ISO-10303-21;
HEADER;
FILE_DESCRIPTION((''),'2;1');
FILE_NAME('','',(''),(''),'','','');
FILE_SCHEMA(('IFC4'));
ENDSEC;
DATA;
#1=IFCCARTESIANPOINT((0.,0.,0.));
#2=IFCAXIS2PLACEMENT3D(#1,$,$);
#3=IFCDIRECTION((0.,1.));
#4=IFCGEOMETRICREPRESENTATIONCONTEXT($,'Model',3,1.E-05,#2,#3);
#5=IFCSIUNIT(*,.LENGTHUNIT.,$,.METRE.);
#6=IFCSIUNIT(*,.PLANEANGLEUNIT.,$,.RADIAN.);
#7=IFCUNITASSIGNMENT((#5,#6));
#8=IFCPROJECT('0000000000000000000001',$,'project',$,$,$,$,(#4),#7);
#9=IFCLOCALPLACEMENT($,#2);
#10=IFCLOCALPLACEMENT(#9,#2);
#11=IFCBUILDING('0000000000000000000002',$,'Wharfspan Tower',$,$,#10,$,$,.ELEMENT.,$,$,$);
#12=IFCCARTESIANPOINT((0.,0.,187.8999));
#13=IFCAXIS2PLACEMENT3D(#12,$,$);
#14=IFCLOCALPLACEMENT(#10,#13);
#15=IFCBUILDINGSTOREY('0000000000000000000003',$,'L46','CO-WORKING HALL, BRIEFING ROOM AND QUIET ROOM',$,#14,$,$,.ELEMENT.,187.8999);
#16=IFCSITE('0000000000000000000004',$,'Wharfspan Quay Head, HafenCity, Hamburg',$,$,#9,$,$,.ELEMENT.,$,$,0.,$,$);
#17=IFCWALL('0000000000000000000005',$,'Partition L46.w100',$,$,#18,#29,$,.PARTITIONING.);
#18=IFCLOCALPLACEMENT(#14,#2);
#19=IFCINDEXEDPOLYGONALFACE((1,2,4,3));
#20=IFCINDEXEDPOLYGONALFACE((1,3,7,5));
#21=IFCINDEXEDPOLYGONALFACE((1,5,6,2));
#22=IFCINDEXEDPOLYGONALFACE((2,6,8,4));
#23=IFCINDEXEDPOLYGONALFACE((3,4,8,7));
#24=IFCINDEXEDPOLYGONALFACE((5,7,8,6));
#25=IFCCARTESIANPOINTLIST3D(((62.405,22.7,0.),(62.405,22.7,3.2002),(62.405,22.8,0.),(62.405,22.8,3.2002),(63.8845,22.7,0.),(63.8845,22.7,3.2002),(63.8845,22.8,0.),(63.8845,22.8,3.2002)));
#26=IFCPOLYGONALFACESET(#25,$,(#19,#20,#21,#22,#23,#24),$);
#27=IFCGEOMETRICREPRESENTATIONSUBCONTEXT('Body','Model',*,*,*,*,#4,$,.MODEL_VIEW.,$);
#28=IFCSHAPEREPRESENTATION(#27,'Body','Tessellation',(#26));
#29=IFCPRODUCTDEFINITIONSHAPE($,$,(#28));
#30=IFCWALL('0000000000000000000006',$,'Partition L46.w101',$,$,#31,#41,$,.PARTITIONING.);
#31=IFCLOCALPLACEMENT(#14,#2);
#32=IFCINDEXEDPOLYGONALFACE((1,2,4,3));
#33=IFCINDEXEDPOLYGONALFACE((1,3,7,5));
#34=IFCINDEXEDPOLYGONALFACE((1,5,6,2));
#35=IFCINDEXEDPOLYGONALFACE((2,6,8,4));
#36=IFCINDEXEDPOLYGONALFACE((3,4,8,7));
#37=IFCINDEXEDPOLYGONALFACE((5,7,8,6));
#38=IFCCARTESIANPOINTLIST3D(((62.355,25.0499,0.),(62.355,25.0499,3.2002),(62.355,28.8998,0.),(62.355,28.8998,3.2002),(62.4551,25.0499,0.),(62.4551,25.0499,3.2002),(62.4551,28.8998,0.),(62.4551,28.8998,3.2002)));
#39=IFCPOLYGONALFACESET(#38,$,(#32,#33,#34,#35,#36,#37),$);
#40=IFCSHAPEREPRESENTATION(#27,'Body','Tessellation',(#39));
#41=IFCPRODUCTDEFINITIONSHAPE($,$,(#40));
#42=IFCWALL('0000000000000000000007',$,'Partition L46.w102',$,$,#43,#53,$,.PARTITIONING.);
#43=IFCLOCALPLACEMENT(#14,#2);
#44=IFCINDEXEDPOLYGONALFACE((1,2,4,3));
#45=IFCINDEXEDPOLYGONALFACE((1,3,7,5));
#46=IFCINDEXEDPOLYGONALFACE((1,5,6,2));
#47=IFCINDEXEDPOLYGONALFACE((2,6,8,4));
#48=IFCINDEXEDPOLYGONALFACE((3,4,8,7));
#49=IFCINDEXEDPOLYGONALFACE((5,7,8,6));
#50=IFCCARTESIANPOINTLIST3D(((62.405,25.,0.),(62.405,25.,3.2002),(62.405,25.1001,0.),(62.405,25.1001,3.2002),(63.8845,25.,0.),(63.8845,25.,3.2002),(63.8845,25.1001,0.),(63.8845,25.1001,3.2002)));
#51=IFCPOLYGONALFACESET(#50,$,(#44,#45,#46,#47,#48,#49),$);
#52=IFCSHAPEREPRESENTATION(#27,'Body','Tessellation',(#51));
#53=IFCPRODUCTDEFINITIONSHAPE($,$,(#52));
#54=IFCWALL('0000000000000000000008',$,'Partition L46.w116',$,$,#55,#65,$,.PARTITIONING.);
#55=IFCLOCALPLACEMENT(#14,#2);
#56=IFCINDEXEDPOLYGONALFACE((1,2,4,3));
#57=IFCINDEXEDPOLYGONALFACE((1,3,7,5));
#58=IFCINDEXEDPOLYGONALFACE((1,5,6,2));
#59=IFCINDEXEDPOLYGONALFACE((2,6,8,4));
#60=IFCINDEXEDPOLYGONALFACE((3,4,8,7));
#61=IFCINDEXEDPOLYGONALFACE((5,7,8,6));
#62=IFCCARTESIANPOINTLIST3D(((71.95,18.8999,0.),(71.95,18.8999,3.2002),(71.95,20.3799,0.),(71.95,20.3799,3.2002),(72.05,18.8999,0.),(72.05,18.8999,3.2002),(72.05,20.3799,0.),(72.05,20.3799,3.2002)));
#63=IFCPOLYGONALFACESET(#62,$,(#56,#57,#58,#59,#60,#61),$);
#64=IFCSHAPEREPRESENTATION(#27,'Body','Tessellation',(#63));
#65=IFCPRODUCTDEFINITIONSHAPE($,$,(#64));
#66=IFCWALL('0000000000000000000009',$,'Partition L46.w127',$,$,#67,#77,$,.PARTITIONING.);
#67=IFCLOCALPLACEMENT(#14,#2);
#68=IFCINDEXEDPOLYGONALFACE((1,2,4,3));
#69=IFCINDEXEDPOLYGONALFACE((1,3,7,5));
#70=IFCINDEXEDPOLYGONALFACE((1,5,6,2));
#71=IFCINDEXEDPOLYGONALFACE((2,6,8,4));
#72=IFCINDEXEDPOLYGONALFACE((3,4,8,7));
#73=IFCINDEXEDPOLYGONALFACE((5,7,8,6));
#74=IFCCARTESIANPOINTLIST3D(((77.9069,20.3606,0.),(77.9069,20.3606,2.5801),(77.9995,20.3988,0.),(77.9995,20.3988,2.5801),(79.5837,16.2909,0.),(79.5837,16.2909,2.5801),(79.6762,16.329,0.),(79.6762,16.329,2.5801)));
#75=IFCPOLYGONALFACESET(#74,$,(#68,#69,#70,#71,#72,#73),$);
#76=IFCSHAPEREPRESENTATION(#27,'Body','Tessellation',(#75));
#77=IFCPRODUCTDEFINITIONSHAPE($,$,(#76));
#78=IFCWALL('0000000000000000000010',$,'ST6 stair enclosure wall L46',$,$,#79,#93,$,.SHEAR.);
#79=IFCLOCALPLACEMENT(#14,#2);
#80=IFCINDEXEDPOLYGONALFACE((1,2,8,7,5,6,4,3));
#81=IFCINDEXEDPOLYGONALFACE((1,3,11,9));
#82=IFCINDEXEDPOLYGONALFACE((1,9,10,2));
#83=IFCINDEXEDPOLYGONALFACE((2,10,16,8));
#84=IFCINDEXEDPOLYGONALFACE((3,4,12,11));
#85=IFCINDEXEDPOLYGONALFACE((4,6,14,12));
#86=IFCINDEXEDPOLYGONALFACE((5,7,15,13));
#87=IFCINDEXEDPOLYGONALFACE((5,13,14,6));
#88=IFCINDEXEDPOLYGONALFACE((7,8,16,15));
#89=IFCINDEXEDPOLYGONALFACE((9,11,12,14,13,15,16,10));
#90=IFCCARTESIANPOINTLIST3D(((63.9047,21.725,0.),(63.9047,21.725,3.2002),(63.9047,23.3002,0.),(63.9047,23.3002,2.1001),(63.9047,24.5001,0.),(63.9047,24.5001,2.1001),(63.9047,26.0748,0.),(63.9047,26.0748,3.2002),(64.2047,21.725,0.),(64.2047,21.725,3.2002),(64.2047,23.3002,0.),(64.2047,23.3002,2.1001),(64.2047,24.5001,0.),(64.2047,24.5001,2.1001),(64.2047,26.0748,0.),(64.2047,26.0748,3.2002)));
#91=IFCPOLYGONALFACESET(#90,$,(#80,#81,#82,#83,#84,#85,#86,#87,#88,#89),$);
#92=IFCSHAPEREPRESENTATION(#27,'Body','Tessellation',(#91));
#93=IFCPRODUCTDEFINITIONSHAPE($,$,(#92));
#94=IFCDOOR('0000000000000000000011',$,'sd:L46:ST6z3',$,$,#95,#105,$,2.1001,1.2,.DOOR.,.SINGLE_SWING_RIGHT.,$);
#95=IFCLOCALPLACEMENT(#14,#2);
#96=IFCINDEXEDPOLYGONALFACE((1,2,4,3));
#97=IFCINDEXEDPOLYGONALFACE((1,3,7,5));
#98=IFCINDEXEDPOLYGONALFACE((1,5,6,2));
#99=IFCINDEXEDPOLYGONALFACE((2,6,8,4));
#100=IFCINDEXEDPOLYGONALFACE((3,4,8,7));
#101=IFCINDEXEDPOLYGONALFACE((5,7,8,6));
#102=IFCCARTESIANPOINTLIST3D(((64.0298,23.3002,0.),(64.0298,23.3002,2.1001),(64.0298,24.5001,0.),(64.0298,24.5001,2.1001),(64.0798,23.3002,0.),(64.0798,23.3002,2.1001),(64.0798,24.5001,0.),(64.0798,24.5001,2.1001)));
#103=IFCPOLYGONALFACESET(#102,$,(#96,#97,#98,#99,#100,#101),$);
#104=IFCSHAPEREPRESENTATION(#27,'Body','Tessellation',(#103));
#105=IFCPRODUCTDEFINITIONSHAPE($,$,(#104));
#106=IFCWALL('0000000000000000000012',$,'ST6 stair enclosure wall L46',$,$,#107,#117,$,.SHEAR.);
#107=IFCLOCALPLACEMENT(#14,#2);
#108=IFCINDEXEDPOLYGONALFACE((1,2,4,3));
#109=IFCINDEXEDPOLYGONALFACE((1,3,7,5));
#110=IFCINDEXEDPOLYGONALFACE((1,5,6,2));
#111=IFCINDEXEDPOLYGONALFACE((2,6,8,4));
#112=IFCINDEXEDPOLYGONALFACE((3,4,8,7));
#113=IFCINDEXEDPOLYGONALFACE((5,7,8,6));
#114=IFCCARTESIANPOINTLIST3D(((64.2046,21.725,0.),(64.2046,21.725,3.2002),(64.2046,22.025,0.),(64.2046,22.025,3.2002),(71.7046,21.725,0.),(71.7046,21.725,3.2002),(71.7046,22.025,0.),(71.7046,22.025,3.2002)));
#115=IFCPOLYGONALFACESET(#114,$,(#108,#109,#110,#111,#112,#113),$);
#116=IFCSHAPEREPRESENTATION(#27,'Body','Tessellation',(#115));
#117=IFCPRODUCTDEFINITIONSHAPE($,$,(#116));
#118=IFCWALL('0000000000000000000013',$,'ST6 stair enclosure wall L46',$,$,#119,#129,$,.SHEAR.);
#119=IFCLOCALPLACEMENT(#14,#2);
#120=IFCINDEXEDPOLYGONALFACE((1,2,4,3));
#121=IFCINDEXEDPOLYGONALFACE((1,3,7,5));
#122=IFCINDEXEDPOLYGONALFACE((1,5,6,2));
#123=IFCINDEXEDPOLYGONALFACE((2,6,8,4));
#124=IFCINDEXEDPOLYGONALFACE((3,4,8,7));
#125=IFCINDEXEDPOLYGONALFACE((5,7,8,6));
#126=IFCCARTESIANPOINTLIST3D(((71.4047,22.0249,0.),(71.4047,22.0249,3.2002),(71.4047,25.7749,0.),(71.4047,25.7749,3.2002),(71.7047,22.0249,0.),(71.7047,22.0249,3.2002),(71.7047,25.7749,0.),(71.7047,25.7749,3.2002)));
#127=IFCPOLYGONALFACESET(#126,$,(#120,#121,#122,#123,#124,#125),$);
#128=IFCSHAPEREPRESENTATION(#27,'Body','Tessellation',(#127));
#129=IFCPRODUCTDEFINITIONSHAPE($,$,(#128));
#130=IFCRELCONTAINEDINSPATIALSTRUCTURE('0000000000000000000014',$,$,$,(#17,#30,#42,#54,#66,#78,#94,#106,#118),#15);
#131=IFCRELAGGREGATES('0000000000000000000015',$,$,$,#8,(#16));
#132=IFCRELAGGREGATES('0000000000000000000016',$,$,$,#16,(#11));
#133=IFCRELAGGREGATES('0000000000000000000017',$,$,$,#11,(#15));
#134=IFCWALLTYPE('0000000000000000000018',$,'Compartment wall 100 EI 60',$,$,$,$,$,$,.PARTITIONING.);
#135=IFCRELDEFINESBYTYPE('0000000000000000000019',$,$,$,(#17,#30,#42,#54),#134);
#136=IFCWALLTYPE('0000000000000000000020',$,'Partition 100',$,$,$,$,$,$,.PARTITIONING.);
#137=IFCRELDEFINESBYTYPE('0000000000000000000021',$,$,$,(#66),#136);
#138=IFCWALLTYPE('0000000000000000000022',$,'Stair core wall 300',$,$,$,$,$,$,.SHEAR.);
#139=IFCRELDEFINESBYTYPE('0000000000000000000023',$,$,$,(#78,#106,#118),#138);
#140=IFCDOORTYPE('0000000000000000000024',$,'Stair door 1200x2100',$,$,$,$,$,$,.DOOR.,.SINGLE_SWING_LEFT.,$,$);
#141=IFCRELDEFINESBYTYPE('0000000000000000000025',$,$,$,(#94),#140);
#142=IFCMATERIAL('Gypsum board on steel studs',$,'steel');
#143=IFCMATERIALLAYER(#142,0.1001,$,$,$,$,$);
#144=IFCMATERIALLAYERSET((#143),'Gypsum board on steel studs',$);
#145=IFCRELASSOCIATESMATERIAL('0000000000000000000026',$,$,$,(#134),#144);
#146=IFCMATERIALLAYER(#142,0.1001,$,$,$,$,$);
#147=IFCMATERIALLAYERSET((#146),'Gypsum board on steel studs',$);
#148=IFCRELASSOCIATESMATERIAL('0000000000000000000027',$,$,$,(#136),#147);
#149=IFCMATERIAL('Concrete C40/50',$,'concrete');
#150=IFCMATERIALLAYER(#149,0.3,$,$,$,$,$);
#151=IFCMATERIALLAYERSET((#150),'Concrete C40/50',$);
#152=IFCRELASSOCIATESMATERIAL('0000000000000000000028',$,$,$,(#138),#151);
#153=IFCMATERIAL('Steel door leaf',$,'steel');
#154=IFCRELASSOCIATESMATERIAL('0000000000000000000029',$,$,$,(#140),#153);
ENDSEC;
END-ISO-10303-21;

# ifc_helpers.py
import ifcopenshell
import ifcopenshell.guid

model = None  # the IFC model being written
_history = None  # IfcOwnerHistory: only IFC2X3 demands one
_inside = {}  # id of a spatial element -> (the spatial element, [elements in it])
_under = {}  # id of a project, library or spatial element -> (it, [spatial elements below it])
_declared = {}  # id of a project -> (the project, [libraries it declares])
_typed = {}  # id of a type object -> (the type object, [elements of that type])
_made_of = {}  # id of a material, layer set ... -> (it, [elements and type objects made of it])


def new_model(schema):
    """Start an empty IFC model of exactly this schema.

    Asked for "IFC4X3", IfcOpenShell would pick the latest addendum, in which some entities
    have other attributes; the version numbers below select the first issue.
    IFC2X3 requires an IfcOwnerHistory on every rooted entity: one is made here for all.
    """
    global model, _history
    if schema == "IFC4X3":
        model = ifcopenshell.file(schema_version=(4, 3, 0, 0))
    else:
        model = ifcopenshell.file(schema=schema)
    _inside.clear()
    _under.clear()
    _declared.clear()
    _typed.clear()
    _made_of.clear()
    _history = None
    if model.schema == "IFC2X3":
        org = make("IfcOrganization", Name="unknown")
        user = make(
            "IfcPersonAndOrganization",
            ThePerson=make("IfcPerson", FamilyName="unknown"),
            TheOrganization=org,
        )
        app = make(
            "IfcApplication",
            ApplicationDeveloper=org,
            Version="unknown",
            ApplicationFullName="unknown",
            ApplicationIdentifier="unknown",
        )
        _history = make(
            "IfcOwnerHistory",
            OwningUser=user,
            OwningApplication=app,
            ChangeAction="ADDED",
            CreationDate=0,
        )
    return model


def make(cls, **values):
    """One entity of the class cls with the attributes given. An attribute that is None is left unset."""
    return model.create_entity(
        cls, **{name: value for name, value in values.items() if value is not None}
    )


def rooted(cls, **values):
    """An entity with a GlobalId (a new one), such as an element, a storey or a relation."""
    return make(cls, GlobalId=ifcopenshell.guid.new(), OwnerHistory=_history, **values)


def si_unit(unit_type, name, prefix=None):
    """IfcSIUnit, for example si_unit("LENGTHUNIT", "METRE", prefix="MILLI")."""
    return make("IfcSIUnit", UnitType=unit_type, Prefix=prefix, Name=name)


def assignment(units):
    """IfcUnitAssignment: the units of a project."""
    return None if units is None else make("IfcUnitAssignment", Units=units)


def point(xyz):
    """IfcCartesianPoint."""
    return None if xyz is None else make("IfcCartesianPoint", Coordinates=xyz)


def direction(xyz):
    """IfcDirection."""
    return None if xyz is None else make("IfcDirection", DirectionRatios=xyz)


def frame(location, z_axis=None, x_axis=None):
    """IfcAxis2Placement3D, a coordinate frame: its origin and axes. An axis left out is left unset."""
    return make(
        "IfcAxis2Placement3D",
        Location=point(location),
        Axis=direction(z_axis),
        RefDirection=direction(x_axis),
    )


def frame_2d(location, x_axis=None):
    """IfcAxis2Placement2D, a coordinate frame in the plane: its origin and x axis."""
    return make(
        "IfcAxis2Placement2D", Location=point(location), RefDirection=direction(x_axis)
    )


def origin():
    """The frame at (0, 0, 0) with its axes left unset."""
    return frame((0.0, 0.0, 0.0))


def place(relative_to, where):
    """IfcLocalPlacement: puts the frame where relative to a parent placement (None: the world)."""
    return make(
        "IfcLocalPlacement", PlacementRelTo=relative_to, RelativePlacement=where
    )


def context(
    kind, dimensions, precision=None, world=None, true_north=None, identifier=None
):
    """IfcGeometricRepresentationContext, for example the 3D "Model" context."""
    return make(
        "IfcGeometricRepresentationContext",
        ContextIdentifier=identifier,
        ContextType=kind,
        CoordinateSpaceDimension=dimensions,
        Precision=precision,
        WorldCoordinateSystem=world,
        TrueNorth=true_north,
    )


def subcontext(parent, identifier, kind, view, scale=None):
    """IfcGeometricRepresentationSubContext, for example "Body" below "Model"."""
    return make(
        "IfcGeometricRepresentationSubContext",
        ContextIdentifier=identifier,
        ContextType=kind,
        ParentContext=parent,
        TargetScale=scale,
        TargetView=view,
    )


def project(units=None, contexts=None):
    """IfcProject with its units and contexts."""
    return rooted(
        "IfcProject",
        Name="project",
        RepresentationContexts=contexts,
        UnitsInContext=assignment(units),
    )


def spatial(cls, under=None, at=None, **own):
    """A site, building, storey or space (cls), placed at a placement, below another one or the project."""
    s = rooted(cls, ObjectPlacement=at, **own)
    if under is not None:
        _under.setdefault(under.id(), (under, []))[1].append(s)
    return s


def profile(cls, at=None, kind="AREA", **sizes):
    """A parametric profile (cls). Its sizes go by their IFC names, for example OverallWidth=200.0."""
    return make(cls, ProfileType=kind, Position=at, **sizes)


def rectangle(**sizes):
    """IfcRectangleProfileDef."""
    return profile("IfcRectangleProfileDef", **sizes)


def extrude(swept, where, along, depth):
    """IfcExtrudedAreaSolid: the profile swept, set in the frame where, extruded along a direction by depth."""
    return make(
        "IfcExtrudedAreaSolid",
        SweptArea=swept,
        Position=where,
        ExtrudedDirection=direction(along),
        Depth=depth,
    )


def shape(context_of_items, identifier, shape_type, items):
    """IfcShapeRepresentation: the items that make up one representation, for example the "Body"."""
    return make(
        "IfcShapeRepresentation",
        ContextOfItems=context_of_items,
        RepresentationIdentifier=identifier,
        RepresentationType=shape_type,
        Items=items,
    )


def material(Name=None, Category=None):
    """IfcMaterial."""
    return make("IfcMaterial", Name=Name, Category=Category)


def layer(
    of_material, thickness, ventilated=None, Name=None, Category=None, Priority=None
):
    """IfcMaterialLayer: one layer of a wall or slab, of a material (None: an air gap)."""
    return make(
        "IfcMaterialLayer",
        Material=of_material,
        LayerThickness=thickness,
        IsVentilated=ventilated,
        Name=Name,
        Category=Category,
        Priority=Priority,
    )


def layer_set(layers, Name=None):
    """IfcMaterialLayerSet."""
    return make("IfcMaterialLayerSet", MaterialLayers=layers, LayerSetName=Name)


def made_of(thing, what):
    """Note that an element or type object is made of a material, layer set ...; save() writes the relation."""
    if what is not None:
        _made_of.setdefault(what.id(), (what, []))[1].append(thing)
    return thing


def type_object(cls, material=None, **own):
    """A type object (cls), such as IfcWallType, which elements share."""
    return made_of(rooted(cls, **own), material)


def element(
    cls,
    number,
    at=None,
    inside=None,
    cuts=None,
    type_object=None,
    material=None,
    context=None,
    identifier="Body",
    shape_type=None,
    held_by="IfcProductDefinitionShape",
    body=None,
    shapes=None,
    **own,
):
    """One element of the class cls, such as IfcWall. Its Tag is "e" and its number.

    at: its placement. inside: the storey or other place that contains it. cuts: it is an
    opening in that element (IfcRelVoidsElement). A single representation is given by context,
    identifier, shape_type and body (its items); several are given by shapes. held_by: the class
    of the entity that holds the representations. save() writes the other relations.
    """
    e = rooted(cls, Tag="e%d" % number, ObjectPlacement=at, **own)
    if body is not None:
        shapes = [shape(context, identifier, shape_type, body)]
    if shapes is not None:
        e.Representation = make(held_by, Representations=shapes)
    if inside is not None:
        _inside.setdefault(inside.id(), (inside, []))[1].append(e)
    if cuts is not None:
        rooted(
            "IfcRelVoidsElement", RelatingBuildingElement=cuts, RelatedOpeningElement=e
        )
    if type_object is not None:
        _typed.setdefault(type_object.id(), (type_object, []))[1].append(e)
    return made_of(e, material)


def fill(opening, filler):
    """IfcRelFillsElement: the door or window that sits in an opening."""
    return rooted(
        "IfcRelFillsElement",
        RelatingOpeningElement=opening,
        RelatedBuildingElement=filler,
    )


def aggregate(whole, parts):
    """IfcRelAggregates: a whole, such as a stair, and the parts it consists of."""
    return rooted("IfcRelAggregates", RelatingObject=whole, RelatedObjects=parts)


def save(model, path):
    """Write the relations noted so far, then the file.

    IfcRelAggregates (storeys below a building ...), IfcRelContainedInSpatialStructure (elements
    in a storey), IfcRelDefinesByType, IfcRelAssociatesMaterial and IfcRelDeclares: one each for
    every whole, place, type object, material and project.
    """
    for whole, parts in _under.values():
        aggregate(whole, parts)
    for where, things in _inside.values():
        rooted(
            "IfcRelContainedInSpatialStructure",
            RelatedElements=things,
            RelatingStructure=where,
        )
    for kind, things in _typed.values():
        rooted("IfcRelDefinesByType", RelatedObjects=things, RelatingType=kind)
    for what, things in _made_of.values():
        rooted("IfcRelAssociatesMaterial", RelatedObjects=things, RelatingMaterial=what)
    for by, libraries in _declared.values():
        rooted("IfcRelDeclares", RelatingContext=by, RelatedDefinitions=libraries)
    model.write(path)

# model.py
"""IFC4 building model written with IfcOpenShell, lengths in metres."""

from ifc_helpers import new_model, si_unit, direction, frame, frame_2d, origin, place, context, subcontext, project, spatial, rectangle, extrude, material, layer, layer_set, type_object, element, fill, save


model = new_model("IFC4")

# Units and contexts
model_context = context("Model", 3, precision=1e-05, world=origin(), true_north=direction((0.0, 1.0)))
body_context = subcontext(model_context, "Body", "Model", "MODEL_VIEW")
ifc_project = project(units=[si_unit("LENGTHUNIT", "METRE"), si_unit("PLANEANGLEUNIT", "RADIAN")], contexts=[model_context])

# Site, building, storey
site_placement = place(None, origin())
site = spatial("IfcSite", under=ifc_project, at=site_placement, Name="Wharfspan Quay Head, HafenCity, Hamburg", CompositionType="ELEMENT", RefElevation=0.0)
building_placement = place(site_placement, origin())
building = spatial("IfcBuilding", under=site, at=building_placement, Name="Wharfspan Tower", CompositionType="ELEMENT")
storey_placement = place(building_placement, frame((0.0, 0.0, 187.8999)))
storey = spatial("IfcBuildingStorey", under=building, at=storey_placement, Name="L46", Description="CO-WORKING HALL, BRIEFING ROOM AND QUIET ROOM", CompositionType="ELEMENT", Elevation=187.8999)

# Walls
ifc_material_1 = material(Name="Gypsum board on steel studs", Category="steel")
ifc_layer_1 = layer(ifc_material_1, 0.1001)
ifc_layer_set_1 = layer_set([ifc_layer_1], Name="Gypsum board on steel studs")
wall_type_1 = type_object("IfcWallType", Name="Compartment wall 100 EI 60", PredefinedType="PARTITIONING", material=ifc_layer_set_1)
wall_1_placement = place(storey_placement, frame((62.405, 22.75, 0.0), z_axis=(0.0, 0.0, 1.0), x_axis=(1.0, 0.0, 0.0)))
element("IfcWall", 1, at=wall_1_placement, inside=storey, type_object=wall_type_1, Name="Partition L46.w100", PredefinedType="PARTITIONING", context=body_context, shape_type="SweptSolid", body=[
    extrude(rectangle(XDim=1.4795, YDim=0.1001, at=frame_2d((0.7397, 0.0))), origin(), (0.0, 0.0, 1.0), 3.2002),
])
wall_2_placement = place(storey_placement, frame((62.405, 25.05, 0.0), z_axis=(0.0, 0.0, 1.0), x_axis=(0.0, 1.0, 0.0)))
element("IfcWall", 2, at=wall_2_placement, inside=storey, type_object=wall_type_1, Name="Partition L46.w101", PredefinedType="PARTITIONING", context=body_context, shape_type="SweptSolid", body=[
    extrude(rectangle(XDim=3.8499, YDim=0.1001, at=frame_2d((1.9248, 0.0))), origin(), (0.0, 0.0, 1.0), 3.2002),
])
wall_3_placement = place(storey_placement, frame((62.405, 25.05, 0.0), z_axis=(0.0, 0.0, 1.0), x_axis=(1.0, 0.0, 0.0)))
element("IfcWall", 3, at=wall_3_placement, inside=storey, type_object=wall_type_1, Name="Partition L46.w102", PredefinedType="PARTITIONING", context=body_context, shape_type="SweptSolid", body=[
    extrude(rectangle(XDim=1.4795, YDim=0.1001, at=frame_2d((0.7397, 0.0))), origin(), (0.0, 0.0, 1.0), 3.2002),
])
wall_4_placement = place(storey_placement, frame((72.0, 18.8999, 0.0), z_axis=(0.0, 0.0, 1.0), x_axis=(0.0, 1.0, 0.0)))
element("IfcWall", 4, at=wall_4_placement, inside=storey, type_object=wall_type_1, Name="Partition L46.w116", PredefinedType="PARTITIONING", context=body_context, shape_type="SweptSolid", body=[
    extrude(rectangle(XDim=1.48, YDim=0.1001, at=frame_2d((0.74, 0.0))), origin(), (0.0, 0.0, 1.0), 3.2002),
])
ifc_layer_2 = layer(ifc_material_1, 0.1001)
ifc_layer_set_2 = layer_set([ifc_layer_2], Name="Gypsum board on steel studs")
wall_type_2 = type_object("IfcWallType", Name="Partition 100", PredefinedType="PARTITIONING", material=ifc_layer_set_2)
wall_5_placement = place(storey_placement, frame((79.6299, 16.3101, 0.0), z_axis=(0.0, 0.0, 1.0), x_axis=(-0.380933, 0.9246, 0.0)))
element("IfcWall", 5, at=wall_5_placement, inside=storey, type_object=wall_type_2, Name="Partition L46.w127", PredefinedType="PARTITIONING", context=body_context, shape_type="SweptSolid", body=[
    extrude(rectangle(XDim=4.4016, YDim=0.1001, at=frame_2d((2.2007, 0.0))), origin(), (0.0, 0.0, 1.0), 2.5801),
])

# Wall, opening, door
ifc_material_2 = material(Name="Concrete C40/50", Category="concrete")
ifc_layer_3 = layer(ifc_material_2, 0.3)
ifc_layer_set_3 = layer_set([ifc_layer_3], Name="Concrete C40/50")
wall_type_3 = type_object("IfcWallType", Name="Stair core wall 300", PredefinedType="SHEAR", material=ifc_layer_set_3)
wall_6_placement = place(storey_placement, frame((64.0547, 21.7251, 0.0), z_axis=(0.0, 0.0, 1.0), x_axis=(0.0, 1.0, 0.0)))
wall_6 = element("IfcWall", 6, at=wall_6_placement, inside=storey, type_object=wall_type_3, Name="ST6 stair enclosure wall L46", PredefinedType="SHEAR", context=body_context, shape_type="SweptSolid", body=[
    extrude(rectangle(XDim=4.3499, YDim=0.3, at=frame_2d((2.1748, 0.0))), origin(), (0.0, 0.0, 1.0), 3.2002),
])
opening_placement = place(wall_6_placement, frame((1.575, 0.0, 0.0)))
opening = element("IfcOpeningElement", 7, at=opening_placement, cuts=wall_6, PredefinedType="OPENING", context=body_context, shape_type="SweptSolid", body=[
    extrude(rectangle(XDim=1.2, YDim=2.1001, at=frame_2d((0.6001, 1.05))), frame((0.0, 0.1599, 0.0), z_axis=(0.0, -1.0, 0.0), x_axis=(1.0, 0.0, 0.0)), (0.0, 0.0, 1.0), 0.3201),
])
ifc_material_3 = material(Name="Steel door leaf", Category="steel")
door_type = type_object("IfcDoorType", Name="Stair door 1200x2100", OperationType="SINGLE_SWING_LEFT", PredefinedType="DOOR", material=ifc_material_3)
door_placement = place(opening_placement, origin())
door = element("IfcDoor", 8, at=door_placement, inside=storey, type_object=door_type, Name="sd:L46:ST6z3", OperationType="SINGLE_SWING_RIGHT", OverallHeight=2.1001, OverallWidth=1.2, PredefinedType="DOOR", context=body_context, shape_type="SweptSolid", body=[
    extrude(rectangle(XDim=1.2, YDim=2.1001, at=frame_2d((0.6001, 1.05))), frame((0.0, 0.0249, 0.0), z_axis=(0.0, -1.0, 0.0), x_axis=(1.0, 0.0, 0.0)), (0.0, 0.0, 1.0), 0.05),
])
fill(opening, door)

# Walls
wall_7_placement = place(storey_placement, frame((64.2046, 21.875, 0.0), z_axis=(0.0, 0.0, 1.0), x_axis=(1.0, 0.0, 0.0)))
element("IfcWall", 9, at=wall_7_placement, inside=storey, type_object=wall_type_3, Name="ST6 stair enclosure wall L46", PredefinedType="SHEAR", context=body_context, shape_type="SweptSolid", body=[
    extrude(rectangle(XDim=7.5, YDim=0.3, at=frame_2d((3.75, 0.0))), origin(), (0.0, 0.0, 1.0), 3.2002),
])
wall_8_placement = place(storey_placement, frame((71.5547, 22.0249, 0.0), z_axis=(0.0, 0.0, 1.0), x_axis=(0.0, 1.0, 0.0)))
element("IfcWall", 10, at=wall_8_placement, inside=storey, type_object=wall_type_3, Name="ST6 stair enclosure wall L46", PredefinedType="SHEAR", context=body_context, shape_type="SweptSolid", body=[
    extrude(rectangle(XDim=3.75, YDim=0.3, at=frame_2d((1.875, 0.0))), origin(), (0.0, 0.0, 1.0), 3.2002),
])

save(model, "model.ifc")
